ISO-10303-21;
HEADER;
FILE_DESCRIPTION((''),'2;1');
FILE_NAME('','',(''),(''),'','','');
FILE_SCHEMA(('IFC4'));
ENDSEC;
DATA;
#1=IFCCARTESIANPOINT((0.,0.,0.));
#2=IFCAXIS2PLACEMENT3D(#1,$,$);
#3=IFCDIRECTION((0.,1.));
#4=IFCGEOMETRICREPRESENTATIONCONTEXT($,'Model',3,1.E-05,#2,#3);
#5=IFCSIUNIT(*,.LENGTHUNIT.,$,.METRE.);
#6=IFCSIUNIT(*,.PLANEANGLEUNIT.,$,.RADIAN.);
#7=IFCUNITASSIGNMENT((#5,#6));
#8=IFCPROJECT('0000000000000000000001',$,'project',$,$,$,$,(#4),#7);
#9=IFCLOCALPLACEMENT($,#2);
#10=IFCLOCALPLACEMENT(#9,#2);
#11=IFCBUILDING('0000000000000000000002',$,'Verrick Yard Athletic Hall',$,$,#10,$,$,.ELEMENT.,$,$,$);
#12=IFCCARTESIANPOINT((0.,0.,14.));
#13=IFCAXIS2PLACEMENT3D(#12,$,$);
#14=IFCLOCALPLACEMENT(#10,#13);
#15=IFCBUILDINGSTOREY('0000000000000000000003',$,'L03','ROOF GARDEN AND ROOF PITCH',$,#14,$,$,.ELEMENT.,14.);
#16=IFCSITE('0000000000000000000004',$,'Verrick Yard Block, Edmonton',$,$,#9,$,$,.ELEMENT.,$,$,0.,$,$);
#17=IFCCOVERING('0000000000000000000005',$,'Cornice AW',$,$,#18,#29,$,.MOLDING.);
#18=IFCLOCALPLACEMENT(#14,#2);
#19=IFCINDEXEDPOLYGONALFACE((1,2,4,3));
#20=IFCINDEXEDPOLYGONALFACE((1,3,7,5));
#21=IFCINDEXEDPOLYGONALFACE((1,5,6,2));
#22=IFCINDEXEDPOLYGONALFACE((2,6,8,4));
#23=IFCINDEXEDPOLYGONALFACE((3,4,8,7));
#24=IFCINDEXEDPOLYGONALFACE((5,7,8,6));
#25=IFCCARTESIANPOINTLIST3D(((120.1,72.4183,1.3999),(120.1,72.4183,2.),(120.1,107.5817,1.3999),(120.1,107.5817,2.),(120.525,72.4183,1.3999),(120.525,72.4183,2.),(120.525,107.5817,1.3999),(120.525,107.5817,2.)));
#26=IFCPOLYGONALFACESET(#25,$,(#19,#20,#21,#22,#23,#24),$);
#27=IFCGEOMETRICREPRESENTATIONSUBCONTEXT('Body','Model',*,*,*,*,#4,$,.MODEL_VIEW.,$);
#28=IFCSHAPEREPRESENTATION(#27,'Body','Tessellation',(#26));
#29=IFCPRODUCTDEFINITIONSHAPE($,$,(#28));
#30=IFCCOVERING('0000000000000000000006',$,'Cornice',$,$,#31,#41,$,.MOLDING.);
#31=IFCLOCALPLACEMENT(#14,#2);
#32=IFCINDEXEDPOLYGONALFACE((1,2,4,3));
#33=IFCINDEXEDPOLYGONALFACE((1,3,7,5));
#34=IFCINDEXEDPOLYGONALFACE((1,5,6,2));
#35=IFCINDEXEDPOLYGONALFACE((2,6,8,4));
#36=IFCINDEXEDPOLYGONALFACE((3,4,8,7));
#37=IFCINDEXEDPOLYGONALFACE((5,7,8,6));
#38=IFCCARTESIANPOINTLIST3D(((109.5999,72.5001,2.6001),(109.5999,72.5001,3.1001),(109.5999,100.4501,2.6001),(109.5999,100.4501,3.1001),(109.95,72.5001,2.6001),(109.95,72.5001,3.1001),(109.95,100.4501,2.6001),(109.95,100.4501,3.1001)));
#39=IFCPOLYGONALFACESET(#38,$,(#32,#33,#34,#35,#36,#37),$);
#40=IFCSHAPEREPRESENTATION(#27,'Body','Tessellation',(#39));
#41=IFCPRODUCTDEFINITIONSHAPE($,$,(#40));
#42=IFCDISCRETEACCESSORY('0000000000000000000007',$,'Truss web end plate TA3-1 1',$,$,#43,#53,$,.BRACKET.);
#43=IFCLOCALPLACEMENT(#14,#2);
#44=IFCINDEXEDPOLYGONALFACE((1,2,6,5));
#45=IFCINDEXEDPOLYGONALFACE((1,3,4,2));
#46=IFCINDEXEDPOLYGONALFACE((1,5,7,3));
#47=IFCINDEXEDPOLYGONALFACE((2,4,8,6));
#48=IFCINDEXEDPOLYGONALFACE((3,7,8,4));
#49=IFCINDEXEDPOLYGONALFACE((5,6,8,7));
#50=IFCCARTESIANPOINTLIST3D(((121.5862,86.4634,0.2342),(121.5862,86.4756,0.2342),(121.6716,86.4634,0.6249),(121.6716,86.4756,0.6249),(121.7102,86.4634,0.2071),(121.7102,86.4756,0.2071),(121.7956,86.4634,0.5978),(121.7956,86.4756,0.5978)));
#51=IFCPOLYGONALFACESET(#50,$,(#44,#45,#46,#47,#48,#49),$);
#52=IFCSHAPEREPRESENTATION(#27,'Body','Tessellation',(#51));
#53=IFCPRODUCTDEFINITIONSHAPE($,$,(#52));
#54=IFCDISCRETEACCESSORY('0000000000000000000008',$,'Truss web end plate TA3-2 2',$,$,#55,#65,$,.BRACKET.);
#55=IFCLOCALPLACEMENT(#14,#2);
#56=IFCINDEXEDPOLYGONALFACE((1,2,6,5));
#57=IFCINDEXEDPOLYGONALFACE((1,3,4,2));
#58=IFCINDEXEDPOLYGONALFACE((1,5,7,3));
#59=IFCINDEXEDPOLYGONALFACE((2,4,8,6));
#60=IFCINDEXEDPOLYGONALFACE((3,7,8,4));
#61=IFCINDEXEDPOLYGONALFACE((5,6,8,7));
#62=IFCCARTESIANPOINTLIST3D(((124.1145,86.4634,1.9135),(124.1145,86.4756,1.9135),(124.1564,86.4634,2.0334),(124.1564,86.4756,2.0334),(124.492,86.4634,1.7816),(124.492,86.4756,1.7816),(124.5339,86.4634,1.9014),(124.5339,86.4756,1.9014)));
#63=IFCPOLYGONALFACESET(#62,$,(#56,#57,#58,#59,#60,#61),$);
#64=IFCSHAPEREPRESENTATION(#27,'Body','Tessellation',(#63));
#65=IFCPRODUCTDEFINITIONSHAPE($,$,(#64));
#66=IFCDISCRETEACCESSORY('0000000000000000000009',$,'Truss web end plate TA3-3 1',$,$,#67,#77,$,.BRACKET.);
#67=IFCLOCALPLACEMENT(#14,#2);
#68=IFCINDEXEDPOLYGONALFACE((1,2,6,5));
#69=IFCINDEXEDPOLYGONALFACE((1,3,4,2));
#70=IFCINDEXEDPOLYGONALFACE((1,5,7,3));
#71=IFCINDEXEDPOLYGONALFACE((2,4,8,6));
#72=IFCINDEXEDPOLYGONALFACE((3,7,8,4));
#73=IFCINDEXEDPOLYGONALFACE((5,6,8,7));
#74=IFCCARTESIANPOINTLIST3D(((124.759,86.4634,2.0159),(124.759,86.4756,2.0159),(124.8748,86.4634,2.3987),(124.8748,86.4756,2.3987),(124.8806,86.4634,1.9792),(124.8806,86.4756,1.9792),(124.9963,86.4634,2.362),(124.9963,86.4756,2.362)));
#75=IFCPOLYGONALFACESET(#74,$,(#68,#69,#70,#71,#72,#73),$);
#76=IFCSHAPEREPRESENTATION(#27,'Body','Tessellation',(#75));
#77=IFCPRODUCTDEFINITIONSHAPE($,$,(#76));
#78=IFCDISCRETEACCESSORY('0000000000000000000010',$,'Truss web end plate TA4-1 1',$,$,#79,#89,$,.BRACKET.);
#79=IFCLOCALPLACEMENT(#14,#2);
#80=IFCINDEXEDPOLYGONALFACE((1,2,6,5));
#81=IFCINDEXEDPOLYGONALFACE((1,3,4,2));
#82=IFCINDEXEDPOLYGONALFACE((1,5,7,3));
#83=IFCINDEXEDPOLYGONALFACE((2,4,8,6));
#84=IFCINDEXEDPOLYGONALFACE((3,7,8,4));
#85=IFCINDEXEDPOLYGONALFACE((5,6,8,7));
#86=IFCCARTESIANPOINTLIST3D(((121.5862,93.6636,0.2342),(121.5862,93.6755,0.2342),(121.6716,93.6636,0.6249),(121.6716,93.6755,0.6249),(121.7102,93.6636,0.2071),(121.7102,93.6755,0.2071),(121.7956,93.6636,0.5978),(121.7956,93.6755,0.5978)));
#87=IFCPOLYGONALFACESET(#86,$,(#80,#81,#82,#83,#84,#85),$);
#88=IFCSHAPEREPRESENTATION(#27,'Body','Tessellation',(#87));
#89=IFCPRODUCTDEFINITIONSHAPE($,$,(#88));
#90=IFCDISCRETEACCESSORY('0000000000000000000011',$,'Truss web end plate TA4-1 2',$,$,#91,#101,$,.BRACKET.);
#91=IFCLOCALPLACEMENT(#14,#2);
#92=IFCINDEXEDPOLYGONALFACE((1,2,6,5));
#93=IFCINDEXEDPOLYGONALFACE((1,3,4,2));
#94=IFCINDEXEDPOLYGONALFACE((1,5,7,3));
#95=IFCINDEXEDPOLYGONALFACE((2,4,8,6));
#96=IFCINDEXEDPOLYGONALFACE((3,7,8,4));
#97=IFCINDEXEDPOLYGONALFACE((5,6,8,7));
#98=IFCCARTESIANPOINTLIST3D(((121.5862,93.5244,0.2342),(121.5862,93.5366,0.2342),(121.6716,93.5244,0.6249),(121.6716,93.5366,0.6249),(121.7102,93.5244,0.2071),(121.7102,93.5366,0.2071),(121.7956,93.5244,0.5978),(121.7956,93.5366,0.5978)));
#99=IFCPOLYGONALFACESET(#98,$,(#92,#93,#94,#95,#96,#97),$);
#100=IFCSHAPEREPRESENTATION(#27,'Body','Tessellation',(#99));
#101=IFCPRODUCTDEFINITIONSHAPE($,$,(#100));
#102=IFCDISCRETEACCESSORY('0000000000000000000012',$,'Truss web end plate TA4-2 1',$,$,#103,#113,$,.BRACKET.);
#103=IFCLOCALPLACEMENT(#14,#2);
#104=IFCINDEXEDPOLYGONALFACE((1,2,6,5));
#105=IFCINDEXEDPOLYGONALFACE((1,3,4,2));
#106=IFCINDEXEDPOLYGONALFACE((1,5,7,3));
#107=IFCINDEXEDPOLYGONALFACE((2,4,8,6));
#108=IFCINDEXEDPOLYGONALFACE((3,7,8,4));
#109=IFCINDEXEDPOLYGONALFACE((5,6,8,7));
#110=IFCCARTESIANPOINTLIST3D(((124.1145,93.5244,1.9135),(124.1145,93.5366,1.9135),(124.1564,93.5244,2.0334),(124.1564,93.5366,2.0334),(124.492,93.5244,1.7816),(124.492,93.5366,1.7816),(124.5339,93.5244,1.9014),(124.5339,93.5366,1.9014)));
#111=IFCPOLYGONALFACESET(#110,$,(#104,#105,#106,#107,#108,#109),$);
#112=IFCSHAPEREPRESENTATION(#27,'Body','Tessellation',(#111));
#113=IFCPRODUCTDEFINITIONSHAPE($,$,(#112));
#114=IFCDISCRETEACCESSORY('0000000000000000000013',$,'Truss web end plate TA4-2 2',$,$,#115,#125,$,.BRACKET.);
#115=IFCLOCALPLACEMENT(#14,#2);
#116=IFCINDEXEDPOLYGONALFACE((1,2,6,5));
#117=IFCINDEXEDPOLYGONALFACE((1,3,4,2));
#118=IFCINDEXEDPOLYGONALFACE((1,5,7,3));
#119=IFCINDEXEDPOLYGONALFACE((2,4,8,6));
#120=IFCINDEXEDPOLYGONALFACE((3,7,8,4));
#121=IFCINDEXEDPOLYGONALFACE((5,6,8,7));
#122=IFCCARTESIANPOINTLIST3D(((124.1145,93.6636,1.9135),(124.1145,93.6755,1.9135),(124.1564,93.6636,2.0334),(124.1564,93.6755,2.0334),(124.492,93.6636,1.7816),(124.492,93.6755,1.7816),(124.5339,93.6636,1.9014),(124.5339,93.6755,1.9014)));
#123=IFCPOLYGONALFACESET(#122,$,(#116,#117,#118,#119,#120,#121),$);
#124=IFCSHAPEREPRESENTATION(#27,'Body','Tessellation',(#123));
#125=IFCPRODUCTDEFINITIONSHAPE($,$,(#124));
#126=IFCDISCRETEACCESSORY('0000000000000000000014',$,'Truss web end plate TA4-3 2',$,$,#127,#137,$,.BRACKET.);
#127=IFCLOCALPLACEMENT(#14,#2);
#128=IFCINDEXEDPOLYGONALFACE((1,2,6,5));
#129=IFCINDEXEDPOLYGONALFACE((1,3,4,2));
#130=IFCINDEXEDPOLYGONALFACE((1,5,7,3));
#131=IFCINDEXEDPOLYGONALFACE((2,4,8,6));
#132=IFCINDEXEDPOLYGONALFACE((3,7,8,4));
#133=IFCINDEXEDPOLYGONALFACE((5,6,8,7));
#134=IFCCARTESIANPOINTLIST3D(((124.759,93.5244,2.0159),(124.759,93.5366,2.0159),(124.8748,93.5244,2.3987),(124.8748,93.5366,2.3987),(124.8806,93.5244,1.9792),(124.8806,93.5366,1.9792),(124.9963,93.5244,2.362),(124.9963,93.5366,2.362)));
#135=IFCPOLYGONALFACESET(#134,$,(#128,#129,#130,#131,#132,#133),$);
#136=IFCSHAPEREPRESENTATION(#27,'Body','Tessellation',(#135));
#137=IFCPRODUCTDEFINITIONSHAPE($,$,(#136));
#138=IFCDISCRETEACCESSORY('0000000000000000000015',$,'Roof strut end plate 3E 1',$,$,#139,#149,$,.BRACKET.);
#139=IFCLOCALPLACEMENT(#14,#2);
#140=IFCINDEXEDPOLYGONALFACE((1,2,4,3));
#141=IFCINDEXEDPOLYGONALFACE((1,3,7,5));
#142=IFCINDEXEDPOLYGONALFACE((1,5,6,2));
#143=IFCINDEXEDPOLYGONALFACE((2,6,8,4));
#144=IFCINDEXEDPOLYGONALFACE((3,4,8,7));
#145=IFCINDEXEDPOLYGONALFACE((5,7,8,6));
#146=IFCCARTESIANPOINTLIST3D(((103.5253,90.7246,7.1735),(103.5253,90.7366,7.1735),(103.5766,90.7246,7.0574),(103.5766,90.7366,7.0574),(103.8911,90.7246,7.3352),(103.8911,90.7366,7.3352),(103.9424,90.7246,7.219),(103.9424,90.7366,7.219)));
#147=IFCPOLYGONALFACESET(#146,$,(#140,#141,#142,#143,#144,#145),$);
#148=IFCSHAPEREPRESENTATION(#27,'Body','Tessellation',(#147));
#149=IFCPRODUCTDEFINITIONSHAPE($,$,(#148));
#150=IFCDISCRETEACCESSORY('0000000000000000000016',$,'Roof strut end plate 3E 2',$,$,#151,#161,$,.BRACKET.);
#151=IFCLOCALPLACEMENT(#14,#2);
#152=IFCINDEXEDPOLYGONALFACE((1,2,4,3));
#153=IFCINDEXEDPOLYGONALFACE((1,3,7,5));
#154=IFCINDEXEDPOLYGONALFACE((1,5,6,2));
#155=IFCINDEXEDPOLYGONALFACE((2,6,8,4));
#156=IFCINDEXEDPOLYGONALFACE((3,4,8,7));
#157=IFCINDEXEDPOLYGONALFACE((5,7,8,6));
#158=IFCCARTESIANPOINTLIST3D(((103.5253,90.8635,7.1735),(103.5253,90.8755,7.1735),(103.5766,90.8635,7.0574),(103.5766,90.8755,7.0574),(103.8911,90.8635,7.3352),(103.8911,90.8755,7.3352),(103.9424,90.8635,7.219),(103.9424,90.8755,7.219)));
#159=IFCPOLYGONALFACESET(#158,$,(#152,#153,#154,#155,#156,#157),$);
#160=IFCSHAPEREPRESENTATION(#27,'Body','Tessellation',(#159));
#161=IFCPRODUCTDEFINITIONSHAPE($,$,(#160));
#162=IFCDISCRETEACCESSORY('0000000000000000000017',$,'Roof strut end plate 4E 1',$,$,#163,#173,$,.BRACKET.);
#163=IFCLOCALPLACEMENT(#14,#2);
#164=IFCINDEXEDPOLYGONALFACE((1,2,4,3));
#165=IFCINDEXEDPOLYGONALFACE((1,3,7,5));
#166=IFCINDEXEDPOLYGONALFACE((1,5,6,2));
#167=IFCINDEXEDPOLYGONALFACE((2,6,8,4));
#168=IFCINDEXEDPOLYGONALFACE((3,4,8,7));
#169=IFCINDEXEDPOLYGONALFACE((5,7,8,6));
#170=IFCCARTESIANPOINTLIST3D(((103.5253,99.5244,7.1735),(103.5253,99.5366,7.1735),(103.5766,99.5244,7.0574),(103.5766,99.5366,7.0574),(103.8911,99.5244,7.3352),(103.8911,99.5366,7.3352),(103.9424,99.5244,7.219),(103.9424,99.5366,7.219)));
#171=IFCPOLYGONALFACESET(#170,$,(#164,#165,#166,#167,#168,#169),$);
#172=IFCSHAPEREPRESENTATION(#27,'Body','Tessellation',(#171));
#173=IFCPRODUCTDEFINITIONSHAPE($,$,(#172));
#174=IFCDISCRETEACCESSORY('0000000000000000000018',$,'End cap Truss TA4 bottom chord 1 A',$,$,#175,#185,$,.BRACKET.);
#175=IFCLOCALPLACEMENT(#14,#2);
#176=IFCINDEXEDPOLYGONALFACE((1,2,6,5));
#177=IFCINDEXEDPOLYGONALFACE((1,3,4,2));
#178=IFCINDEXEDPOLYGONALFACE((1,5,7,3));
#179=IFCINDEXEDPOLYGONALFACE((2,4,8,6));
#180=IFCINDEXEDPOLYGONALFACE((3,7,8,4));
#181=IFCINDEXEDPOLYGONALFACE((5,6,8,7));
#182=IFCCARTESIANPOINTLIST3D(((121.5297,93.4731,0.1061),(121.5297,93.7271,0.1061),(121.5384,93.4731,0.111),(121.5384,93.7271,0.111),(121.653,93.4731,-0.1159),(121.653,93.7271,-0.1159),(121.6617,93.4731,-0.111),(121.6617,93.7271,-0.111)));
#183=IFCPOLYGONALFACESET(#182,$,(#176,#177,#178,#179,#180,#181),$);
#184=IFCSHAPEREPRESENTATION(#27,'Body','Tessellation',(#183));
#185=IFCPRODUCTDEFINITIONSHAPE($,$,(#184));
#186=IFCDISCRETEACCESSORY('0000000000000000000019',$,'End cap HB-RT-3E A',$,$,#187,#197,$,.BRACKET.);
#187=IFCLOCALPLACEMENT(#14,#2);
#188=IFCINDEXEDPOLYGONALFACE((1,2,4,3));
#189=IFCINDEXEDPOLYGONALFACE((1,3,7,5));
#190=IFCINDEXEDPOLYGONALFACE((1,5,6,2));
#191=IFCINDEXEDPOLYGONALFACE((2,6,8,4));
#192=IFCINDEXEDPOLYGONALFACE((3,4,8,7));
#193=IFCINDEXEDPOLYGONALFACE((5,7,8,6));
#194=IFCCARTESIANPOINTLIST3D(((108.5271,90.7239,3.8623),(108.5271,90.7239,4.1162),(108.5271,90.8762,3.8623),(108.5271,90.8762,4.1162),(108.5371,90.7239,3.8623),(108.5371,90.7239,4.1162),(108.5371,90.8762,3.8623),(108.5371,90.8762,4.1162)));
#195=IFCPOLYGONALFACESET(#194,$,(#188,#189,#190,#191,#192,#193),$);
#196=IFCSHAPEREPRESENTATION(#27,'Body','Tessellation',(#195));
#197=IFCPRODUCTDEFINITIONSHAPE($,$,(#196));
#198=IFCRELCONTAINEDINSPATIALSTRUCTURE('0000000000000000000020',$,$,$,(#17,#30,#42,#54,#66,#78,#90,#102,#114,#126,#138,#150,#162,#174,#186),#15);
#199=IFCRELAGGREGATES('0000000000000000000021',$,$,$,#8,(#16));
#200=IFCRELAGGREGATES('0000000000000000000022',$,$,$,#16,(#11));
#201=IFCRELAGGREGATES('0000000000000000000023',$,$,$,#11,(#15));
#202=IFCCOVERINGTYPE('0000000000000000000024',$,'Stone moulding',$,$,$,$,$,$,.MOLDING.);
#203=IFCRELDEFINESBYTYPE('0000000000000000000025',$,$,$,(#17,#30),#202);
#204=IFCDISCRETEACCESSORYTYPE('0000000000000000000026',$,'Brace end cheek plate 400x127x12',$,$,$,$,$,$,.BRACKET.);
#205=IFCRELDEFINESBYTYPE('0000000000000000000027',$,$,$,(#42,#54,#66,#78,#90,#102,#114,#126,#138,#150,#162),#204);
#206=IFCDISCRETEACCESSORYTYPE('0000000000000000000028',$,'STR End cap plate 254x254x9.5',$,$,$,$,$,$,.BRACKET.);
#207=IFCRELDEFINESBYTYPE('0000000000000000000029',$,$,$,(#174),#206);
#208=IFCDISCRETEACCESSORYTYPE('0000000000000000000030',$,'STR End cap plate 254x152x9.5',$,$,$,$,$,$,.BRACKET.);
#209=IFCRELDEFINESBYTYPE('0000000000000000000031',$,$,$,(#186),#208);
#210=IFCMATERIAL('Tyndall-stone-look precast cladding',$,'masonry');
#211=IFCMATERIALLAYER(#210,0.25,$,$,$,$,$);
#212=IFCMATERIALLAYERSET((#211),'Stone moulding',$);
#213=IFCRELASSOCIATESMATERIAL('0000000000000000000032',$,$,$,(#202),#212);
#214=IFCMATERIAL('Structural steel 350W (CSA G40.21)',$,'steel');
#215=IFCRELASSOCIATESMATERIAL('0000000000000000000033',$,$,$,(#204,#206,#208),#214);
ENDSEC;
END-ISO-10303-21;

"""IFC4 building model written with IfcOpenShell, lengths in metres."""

from ifc_helpers import new_model, si_unit, direction, frame, origin, origin_2d, place, context, subcontext, project, spatial, rectangle, extrude, material, layer, layer_set, material_profile, profile_set, type_object, element, save


model = new_model("IFC4")

# Units and contexts
model_context = context("Model", 3, precision=1e-05, world=origin(), true_north=direction((0.0, 1.0)))
body_context = subcontext(model_context, "Body", "Model", "MODEL_VIEW")
ifc_project = project(units=[si_unit("LENGTHUNIT", "METRE"), si_unit("PLANEANGLEUNIT", "RADIAN")], contexts=[model_context])

# Site, building, storey
site_placement = place(None, origin())
site = spatial("IfcSite", under=ifc_project, at=site_placement, Name="Verrick Yard Block, Edmonton", CompositionType="ELEMENT", RefElevation=0.0)
building_placement = place(site_placement, origin())
building = spatial("IfcBuilding", under=site, at=building_placement, Name="Verrick Yard Athletic Hall", CompositionType="ELEMENT")
storey_placement = place(building_placement, frame((0.0, 0.0, 14.0)))
storey = spatial("IfcBuildingStorey", under=building, at=storey_placement, Name="L03", Description="ROOF GARDEN AND ROOF PITCH", CompositionType="ELEMENT", Elevation=14.0)

# Coverings
ifc_material_1 = material(Name="Tyndall-stone-look precast cladding", Category="masonry")
ifc_layer_1 = layer(ifc_material_1, 0.25)
ifc_layer_set_1 = layer_set([ifc_layer_1], Name="Stone moulding")
covering_type_1 = type_object("IfcCoveringType", Name="Stone moulding", PredefinedType="MOLDING", material=ifc_layer_set_1)
covering_1_placement = place(storey_placement, frame((120.3125, 90.0, 1.3999), z_axis=(0.0, 0.0, 1.0), x_axis=(1.0, 0.0, 0.0)))
element("IfcCovering", 1, at=covering_1_placement, inside=storey, type_object=covering_type_1, Name="Cornice AW", PredefinedType="MOLDING", context=body_context, shape_type="SweptSolid", body=[
    extrude(rectangle(XDim=0.425, YDim=35.1633, at=origin_2d()), origin(), (0.0, 0.0, 1.0), 0.6001),
])
covering_2_placement = place(storey_placement, frame((109.7749, 86.4751, 2.6001), z_axis=(0.0, 0.0, 1.0), x_axis=(0.0, 1.0, 0.0)))
element("IfcCovering", 2, at=covering_2_placement, inside=storey, type_object=covering_type_1, Name="Cornice", PredefinedType="MOLDING", context=body_context, shape_type="SweptSolid", body=[
    extrude(rectangle(XDim=27.95, YDim=0.3501, at=origin_2d()), origin(), (0.0, 0.0, 1.0), 0.5),
])

# Discrete accessories
ifc_material_2 = material(Name="Structural steel 350W (CSA G40.21)", Category="steel")
ifc_material_profile_1 = material_profile(ifc_material_2, rectangle(XDim=0.3999, YDim=0.127, at=origin_2d()), Name="Brace end cheek plate")
ifc_profile_set_1 = profile_set([ifc_material_profile_1], Name="Structural steel 350W (CSA G40.21)")
discrete_accessory_type_1 = type_object("IfcDiscreteAccessoryType", Name="Brace end cheek plate 400x127x12", PredefinedType="BRACKET", material=ifc_profile_set_1)
for number, where, z_axis, x_axis, name in (
    (3, (121.6909, 86.4634, 0.416), (0.0, 1.0, 0.0), (0.213605, 0.0, 0.97692), "Truss web end plate TA3-1 1"),
    (4, (124.3242, 86.4634, 1.9075), (0.0, 1.0, 0.0), (-0.944026, 0.0, 0.329872), "Truss web end plate TA3-2 2"),
    (5, (124.8777, 86.4634, 2.189), (0.0, 1.0, 0.0), (0.289473, 0.0, 0.957186), "Truss web end plate TA3-3 1"),
):
    element("IfcDiscreteAccessory", number, at=place(storey_placement, frame(where, z_axis=z_axis, x_axis=x_axis)), inside=storey, type_object=discrete_accessory_type_1, Name=name, PredefinedType="BRACKET", context=body_context, shape_type="SweptSolid", body=[
        extrude(rectangle(XDim=0.3999, YDim=0.127, at=origin_2d()), origin(), (0.0, 0.0, 1.0), 0.0122),
    ])
discrete_accessory_1_placement = place(storey_placement, frame((121.6909, 93.6636, 0.416), z_axis=(0.0, 1.0, 0.0), x_axis=(0.213605, 0.0, 0.97692)))
element("IfcDiscreteAccessory", 6, at=discrete_accessory_1_placement, inside=storey, type_object=discrete_accessory_type_1, Name="Truss web end plate TA4-1 1", PredefinedType="BRACKET", context=body_context, shape_type="SweptSolid", body=[
    extrude(rectangle(XDim=0.3999, YDim=0.127, at=origin_2d()), origin(), (0.0, 0.0, 1.0), 0.012),
])
for number, where, z_axis, x_axis, name in (
    (7, (121.6909, 93.5366, 0.416), (0.0, -1.0, 0.0), (0.213605, 0.0, 0.97692), "Truss web end plate TA4-1 2"),
    (8, (124.3242, 93.5366, 1.9075), (0.0, -1.0, 0.0), (-0.944026, 0.0, 0.329872), "Truss web end plate TA4-2 1"),
):
    element("IfcDiscreteAccessory", number, at=place(storey_placement, frame(where, z_axis=z_axis, x_axis=x_axis)), inside=storey, type_object=discrete_accessory_type_1, Name=name, PredefinedType="BRACKET", context=body_context, shape_type="SweptSolid", body=[
        extrude(rectangle(XDim=0.3999, YDim=0.127, at=origin_2d()), origin(), (0.0, 0.0, 1.0), 0.0122),
    ])
discrete_accessory_2_placement = place(storey_placement, frame((124.3242, 93.6636, 1.9075), z_axis=(0.0, 1.0, 0.0), x_axis=(-0.944026, 0.0, 0.329872)))
element("IfcDiscreteAccessory", 9, at=discrete_accessory_2_placement, inside=storey, type_object=discrete_accessory_type_1, Name="Truss web end plate TA4-2 2", PredefinedType="BRACKET", context=body_context, shape_type="SweptSolid", body=[
    extrude(rectangle(XDim=0.3999, YDim=0.127, at=origin_2d()), origin(), (0.0, 0.0, 1.0), 0.012),
])
discrete_accessory_3_placement = place(storey_placement, frame((124.8777, 93.5366, 2.189), z_axis=(0.0, -1.0, 0.0), x_axis=(0.289473, 0.0, 0.957186)))
element("IfcDiscreteAccessory", 10, at=discrete_accessory_3_placement, inside=storey, type_object=discrete_accessory_type_1, Name="Truss web end plate TA4-3 2", PredefinedType="BRACKET", context=body_context, shape_type="SweptSolid", body=[
    extrude(rectangle(XDim=0.3999, YDim=0.127, at=origin_2d()), origin(), (0.0, 0.0, 1.0), 0.0122),
])
for number, where, z_axis, x_axis, name in (
    (11, (103.7339, 90.7366, 7.1963), (0.0, -1.0, 0.0), (-0.914688, 0.0, -0.40416), "Roof strut end plate 3E 1"),
    (12, (103.7339, 90.8635, 7.1963), (0.0, 1.0, 0.0), (-0.914688, 0.0, -0.40416), "Roof strut end plate 3E 2"),
):
    element("IfcDiscreteAccessory", number, at=place(storey_placement, frame(where, z_axis=z_axis, x_axis=x_axis)), inside=storey, type_object=discrete_accessory_type_1, Name=name, PredefinedType="BRACKET", context=body_context, shape_type="SweptSolid", body=[
        extrude(rectangle(XDim=0.3999, YDim=0.127, at=origin_2d()), origin(), (0.0, 0.0, 1.0), 0.012),
    ])
discrete_accessory_4_placement = place(storey_placement, frame((103.7339, 99.5366, 7.1963), z_axis=(0.0, -1.0, 0.0), x_axis=(-0.914688, 0.0, -0.40416)))
element("IfcDiscreteAccessory", 13, at=discrete_accessory_4_placement, inside=storey, type_object=discrete_accessory_type_1, Name="Roof strut end plate 4E 1", PredefinedType="BRACKET", context=body_context, shape_type="SweptSolid", body=[
    extrude(rectangle(XDim=0.3999, YDim=0.127, at=origin_2d()), origin(), (0.0, 0.0, 1.0), 0.0122),
])
ifc_material_profile_2 = material_profile(ifc_material_2, rectangle(XDim=0.2539, YDim=0.2539, at=origin_2d()), Name="STR End cap plate 254x254x9.5")
ifc_profile_set_2 = profile_set([ifc_material_profile_2], Name="Structural steel 350W (CSA G40.21)")
discrete_accessory_type_2 = type_object("IfcDiscreteAccessoryType", Name="STR End cap plate 254x254x9.5", PredefinedType="BRACKET", material=ifc_profile_set_2)
discrete_accessory_5_placement = place(storey_placement, frame((121.5913, 93.6001, -0.0049), z_axis=(0.874157, 0.0, 0.485643), x_axis=(0.0, 1.0, 0.0)))
element("IfcDiscreteAccessory", 14, at=discrete_accessory_5_placement, inside=storey, type_object=discrete_accessory_type_2, Name="End cap Truss TA4 bottom chord 1 A", PredefinedType="BRACKET", context=body_context, shape_type="SweptSolid", body=[
    extrude(rectangle(XDim=0.2539, YDim=0.2539, at=origin_2d()), origin(), (0.0, 0.0, 1.0), 0.01),
])
ifc_material_profile_3 = material_profile(ifc_material_2, rectangle(XDim=0.1523, YDim=0.2539, at=origin_2d()), Name="STR End cap plate 254x152x9.5")
ifc_profile_set_3 = profile_set([ifc_material_profile_3], Name="Structural steel 350W (CSA G40.21)")
discrete_accessory_type_3 = type_object("IfcDiscreteAccessoryType", Name="STR End cap plate 254x152x9.5", PredefinedType="BRACKET", material=ifc_profile_set_3)
discrete_accessory_6_placement = place(storey_placement, frame((108.5371, 90.8, 3.9893), z_axis=(-1.0, 0.0, 0.0), x_axis=(0.0, -1.0, 0.0)))
element("IfcDiscreteAccessory", 15, at=discrete_accessory_6_placement, inside=storey, type_object=discrete_accessory_type_3, Name="End cap HB-RT-3E A", PredefinedType="BRACKET", context=body_context, shape_type="SweptSolid", body=[
    extrude(rectangle(XDim=0.1523, YDim=0.2539, at=origin_2d()), origin(), (0.0, 0.0, 1.0), 0.01),
])

save(model, "model.ifc")
